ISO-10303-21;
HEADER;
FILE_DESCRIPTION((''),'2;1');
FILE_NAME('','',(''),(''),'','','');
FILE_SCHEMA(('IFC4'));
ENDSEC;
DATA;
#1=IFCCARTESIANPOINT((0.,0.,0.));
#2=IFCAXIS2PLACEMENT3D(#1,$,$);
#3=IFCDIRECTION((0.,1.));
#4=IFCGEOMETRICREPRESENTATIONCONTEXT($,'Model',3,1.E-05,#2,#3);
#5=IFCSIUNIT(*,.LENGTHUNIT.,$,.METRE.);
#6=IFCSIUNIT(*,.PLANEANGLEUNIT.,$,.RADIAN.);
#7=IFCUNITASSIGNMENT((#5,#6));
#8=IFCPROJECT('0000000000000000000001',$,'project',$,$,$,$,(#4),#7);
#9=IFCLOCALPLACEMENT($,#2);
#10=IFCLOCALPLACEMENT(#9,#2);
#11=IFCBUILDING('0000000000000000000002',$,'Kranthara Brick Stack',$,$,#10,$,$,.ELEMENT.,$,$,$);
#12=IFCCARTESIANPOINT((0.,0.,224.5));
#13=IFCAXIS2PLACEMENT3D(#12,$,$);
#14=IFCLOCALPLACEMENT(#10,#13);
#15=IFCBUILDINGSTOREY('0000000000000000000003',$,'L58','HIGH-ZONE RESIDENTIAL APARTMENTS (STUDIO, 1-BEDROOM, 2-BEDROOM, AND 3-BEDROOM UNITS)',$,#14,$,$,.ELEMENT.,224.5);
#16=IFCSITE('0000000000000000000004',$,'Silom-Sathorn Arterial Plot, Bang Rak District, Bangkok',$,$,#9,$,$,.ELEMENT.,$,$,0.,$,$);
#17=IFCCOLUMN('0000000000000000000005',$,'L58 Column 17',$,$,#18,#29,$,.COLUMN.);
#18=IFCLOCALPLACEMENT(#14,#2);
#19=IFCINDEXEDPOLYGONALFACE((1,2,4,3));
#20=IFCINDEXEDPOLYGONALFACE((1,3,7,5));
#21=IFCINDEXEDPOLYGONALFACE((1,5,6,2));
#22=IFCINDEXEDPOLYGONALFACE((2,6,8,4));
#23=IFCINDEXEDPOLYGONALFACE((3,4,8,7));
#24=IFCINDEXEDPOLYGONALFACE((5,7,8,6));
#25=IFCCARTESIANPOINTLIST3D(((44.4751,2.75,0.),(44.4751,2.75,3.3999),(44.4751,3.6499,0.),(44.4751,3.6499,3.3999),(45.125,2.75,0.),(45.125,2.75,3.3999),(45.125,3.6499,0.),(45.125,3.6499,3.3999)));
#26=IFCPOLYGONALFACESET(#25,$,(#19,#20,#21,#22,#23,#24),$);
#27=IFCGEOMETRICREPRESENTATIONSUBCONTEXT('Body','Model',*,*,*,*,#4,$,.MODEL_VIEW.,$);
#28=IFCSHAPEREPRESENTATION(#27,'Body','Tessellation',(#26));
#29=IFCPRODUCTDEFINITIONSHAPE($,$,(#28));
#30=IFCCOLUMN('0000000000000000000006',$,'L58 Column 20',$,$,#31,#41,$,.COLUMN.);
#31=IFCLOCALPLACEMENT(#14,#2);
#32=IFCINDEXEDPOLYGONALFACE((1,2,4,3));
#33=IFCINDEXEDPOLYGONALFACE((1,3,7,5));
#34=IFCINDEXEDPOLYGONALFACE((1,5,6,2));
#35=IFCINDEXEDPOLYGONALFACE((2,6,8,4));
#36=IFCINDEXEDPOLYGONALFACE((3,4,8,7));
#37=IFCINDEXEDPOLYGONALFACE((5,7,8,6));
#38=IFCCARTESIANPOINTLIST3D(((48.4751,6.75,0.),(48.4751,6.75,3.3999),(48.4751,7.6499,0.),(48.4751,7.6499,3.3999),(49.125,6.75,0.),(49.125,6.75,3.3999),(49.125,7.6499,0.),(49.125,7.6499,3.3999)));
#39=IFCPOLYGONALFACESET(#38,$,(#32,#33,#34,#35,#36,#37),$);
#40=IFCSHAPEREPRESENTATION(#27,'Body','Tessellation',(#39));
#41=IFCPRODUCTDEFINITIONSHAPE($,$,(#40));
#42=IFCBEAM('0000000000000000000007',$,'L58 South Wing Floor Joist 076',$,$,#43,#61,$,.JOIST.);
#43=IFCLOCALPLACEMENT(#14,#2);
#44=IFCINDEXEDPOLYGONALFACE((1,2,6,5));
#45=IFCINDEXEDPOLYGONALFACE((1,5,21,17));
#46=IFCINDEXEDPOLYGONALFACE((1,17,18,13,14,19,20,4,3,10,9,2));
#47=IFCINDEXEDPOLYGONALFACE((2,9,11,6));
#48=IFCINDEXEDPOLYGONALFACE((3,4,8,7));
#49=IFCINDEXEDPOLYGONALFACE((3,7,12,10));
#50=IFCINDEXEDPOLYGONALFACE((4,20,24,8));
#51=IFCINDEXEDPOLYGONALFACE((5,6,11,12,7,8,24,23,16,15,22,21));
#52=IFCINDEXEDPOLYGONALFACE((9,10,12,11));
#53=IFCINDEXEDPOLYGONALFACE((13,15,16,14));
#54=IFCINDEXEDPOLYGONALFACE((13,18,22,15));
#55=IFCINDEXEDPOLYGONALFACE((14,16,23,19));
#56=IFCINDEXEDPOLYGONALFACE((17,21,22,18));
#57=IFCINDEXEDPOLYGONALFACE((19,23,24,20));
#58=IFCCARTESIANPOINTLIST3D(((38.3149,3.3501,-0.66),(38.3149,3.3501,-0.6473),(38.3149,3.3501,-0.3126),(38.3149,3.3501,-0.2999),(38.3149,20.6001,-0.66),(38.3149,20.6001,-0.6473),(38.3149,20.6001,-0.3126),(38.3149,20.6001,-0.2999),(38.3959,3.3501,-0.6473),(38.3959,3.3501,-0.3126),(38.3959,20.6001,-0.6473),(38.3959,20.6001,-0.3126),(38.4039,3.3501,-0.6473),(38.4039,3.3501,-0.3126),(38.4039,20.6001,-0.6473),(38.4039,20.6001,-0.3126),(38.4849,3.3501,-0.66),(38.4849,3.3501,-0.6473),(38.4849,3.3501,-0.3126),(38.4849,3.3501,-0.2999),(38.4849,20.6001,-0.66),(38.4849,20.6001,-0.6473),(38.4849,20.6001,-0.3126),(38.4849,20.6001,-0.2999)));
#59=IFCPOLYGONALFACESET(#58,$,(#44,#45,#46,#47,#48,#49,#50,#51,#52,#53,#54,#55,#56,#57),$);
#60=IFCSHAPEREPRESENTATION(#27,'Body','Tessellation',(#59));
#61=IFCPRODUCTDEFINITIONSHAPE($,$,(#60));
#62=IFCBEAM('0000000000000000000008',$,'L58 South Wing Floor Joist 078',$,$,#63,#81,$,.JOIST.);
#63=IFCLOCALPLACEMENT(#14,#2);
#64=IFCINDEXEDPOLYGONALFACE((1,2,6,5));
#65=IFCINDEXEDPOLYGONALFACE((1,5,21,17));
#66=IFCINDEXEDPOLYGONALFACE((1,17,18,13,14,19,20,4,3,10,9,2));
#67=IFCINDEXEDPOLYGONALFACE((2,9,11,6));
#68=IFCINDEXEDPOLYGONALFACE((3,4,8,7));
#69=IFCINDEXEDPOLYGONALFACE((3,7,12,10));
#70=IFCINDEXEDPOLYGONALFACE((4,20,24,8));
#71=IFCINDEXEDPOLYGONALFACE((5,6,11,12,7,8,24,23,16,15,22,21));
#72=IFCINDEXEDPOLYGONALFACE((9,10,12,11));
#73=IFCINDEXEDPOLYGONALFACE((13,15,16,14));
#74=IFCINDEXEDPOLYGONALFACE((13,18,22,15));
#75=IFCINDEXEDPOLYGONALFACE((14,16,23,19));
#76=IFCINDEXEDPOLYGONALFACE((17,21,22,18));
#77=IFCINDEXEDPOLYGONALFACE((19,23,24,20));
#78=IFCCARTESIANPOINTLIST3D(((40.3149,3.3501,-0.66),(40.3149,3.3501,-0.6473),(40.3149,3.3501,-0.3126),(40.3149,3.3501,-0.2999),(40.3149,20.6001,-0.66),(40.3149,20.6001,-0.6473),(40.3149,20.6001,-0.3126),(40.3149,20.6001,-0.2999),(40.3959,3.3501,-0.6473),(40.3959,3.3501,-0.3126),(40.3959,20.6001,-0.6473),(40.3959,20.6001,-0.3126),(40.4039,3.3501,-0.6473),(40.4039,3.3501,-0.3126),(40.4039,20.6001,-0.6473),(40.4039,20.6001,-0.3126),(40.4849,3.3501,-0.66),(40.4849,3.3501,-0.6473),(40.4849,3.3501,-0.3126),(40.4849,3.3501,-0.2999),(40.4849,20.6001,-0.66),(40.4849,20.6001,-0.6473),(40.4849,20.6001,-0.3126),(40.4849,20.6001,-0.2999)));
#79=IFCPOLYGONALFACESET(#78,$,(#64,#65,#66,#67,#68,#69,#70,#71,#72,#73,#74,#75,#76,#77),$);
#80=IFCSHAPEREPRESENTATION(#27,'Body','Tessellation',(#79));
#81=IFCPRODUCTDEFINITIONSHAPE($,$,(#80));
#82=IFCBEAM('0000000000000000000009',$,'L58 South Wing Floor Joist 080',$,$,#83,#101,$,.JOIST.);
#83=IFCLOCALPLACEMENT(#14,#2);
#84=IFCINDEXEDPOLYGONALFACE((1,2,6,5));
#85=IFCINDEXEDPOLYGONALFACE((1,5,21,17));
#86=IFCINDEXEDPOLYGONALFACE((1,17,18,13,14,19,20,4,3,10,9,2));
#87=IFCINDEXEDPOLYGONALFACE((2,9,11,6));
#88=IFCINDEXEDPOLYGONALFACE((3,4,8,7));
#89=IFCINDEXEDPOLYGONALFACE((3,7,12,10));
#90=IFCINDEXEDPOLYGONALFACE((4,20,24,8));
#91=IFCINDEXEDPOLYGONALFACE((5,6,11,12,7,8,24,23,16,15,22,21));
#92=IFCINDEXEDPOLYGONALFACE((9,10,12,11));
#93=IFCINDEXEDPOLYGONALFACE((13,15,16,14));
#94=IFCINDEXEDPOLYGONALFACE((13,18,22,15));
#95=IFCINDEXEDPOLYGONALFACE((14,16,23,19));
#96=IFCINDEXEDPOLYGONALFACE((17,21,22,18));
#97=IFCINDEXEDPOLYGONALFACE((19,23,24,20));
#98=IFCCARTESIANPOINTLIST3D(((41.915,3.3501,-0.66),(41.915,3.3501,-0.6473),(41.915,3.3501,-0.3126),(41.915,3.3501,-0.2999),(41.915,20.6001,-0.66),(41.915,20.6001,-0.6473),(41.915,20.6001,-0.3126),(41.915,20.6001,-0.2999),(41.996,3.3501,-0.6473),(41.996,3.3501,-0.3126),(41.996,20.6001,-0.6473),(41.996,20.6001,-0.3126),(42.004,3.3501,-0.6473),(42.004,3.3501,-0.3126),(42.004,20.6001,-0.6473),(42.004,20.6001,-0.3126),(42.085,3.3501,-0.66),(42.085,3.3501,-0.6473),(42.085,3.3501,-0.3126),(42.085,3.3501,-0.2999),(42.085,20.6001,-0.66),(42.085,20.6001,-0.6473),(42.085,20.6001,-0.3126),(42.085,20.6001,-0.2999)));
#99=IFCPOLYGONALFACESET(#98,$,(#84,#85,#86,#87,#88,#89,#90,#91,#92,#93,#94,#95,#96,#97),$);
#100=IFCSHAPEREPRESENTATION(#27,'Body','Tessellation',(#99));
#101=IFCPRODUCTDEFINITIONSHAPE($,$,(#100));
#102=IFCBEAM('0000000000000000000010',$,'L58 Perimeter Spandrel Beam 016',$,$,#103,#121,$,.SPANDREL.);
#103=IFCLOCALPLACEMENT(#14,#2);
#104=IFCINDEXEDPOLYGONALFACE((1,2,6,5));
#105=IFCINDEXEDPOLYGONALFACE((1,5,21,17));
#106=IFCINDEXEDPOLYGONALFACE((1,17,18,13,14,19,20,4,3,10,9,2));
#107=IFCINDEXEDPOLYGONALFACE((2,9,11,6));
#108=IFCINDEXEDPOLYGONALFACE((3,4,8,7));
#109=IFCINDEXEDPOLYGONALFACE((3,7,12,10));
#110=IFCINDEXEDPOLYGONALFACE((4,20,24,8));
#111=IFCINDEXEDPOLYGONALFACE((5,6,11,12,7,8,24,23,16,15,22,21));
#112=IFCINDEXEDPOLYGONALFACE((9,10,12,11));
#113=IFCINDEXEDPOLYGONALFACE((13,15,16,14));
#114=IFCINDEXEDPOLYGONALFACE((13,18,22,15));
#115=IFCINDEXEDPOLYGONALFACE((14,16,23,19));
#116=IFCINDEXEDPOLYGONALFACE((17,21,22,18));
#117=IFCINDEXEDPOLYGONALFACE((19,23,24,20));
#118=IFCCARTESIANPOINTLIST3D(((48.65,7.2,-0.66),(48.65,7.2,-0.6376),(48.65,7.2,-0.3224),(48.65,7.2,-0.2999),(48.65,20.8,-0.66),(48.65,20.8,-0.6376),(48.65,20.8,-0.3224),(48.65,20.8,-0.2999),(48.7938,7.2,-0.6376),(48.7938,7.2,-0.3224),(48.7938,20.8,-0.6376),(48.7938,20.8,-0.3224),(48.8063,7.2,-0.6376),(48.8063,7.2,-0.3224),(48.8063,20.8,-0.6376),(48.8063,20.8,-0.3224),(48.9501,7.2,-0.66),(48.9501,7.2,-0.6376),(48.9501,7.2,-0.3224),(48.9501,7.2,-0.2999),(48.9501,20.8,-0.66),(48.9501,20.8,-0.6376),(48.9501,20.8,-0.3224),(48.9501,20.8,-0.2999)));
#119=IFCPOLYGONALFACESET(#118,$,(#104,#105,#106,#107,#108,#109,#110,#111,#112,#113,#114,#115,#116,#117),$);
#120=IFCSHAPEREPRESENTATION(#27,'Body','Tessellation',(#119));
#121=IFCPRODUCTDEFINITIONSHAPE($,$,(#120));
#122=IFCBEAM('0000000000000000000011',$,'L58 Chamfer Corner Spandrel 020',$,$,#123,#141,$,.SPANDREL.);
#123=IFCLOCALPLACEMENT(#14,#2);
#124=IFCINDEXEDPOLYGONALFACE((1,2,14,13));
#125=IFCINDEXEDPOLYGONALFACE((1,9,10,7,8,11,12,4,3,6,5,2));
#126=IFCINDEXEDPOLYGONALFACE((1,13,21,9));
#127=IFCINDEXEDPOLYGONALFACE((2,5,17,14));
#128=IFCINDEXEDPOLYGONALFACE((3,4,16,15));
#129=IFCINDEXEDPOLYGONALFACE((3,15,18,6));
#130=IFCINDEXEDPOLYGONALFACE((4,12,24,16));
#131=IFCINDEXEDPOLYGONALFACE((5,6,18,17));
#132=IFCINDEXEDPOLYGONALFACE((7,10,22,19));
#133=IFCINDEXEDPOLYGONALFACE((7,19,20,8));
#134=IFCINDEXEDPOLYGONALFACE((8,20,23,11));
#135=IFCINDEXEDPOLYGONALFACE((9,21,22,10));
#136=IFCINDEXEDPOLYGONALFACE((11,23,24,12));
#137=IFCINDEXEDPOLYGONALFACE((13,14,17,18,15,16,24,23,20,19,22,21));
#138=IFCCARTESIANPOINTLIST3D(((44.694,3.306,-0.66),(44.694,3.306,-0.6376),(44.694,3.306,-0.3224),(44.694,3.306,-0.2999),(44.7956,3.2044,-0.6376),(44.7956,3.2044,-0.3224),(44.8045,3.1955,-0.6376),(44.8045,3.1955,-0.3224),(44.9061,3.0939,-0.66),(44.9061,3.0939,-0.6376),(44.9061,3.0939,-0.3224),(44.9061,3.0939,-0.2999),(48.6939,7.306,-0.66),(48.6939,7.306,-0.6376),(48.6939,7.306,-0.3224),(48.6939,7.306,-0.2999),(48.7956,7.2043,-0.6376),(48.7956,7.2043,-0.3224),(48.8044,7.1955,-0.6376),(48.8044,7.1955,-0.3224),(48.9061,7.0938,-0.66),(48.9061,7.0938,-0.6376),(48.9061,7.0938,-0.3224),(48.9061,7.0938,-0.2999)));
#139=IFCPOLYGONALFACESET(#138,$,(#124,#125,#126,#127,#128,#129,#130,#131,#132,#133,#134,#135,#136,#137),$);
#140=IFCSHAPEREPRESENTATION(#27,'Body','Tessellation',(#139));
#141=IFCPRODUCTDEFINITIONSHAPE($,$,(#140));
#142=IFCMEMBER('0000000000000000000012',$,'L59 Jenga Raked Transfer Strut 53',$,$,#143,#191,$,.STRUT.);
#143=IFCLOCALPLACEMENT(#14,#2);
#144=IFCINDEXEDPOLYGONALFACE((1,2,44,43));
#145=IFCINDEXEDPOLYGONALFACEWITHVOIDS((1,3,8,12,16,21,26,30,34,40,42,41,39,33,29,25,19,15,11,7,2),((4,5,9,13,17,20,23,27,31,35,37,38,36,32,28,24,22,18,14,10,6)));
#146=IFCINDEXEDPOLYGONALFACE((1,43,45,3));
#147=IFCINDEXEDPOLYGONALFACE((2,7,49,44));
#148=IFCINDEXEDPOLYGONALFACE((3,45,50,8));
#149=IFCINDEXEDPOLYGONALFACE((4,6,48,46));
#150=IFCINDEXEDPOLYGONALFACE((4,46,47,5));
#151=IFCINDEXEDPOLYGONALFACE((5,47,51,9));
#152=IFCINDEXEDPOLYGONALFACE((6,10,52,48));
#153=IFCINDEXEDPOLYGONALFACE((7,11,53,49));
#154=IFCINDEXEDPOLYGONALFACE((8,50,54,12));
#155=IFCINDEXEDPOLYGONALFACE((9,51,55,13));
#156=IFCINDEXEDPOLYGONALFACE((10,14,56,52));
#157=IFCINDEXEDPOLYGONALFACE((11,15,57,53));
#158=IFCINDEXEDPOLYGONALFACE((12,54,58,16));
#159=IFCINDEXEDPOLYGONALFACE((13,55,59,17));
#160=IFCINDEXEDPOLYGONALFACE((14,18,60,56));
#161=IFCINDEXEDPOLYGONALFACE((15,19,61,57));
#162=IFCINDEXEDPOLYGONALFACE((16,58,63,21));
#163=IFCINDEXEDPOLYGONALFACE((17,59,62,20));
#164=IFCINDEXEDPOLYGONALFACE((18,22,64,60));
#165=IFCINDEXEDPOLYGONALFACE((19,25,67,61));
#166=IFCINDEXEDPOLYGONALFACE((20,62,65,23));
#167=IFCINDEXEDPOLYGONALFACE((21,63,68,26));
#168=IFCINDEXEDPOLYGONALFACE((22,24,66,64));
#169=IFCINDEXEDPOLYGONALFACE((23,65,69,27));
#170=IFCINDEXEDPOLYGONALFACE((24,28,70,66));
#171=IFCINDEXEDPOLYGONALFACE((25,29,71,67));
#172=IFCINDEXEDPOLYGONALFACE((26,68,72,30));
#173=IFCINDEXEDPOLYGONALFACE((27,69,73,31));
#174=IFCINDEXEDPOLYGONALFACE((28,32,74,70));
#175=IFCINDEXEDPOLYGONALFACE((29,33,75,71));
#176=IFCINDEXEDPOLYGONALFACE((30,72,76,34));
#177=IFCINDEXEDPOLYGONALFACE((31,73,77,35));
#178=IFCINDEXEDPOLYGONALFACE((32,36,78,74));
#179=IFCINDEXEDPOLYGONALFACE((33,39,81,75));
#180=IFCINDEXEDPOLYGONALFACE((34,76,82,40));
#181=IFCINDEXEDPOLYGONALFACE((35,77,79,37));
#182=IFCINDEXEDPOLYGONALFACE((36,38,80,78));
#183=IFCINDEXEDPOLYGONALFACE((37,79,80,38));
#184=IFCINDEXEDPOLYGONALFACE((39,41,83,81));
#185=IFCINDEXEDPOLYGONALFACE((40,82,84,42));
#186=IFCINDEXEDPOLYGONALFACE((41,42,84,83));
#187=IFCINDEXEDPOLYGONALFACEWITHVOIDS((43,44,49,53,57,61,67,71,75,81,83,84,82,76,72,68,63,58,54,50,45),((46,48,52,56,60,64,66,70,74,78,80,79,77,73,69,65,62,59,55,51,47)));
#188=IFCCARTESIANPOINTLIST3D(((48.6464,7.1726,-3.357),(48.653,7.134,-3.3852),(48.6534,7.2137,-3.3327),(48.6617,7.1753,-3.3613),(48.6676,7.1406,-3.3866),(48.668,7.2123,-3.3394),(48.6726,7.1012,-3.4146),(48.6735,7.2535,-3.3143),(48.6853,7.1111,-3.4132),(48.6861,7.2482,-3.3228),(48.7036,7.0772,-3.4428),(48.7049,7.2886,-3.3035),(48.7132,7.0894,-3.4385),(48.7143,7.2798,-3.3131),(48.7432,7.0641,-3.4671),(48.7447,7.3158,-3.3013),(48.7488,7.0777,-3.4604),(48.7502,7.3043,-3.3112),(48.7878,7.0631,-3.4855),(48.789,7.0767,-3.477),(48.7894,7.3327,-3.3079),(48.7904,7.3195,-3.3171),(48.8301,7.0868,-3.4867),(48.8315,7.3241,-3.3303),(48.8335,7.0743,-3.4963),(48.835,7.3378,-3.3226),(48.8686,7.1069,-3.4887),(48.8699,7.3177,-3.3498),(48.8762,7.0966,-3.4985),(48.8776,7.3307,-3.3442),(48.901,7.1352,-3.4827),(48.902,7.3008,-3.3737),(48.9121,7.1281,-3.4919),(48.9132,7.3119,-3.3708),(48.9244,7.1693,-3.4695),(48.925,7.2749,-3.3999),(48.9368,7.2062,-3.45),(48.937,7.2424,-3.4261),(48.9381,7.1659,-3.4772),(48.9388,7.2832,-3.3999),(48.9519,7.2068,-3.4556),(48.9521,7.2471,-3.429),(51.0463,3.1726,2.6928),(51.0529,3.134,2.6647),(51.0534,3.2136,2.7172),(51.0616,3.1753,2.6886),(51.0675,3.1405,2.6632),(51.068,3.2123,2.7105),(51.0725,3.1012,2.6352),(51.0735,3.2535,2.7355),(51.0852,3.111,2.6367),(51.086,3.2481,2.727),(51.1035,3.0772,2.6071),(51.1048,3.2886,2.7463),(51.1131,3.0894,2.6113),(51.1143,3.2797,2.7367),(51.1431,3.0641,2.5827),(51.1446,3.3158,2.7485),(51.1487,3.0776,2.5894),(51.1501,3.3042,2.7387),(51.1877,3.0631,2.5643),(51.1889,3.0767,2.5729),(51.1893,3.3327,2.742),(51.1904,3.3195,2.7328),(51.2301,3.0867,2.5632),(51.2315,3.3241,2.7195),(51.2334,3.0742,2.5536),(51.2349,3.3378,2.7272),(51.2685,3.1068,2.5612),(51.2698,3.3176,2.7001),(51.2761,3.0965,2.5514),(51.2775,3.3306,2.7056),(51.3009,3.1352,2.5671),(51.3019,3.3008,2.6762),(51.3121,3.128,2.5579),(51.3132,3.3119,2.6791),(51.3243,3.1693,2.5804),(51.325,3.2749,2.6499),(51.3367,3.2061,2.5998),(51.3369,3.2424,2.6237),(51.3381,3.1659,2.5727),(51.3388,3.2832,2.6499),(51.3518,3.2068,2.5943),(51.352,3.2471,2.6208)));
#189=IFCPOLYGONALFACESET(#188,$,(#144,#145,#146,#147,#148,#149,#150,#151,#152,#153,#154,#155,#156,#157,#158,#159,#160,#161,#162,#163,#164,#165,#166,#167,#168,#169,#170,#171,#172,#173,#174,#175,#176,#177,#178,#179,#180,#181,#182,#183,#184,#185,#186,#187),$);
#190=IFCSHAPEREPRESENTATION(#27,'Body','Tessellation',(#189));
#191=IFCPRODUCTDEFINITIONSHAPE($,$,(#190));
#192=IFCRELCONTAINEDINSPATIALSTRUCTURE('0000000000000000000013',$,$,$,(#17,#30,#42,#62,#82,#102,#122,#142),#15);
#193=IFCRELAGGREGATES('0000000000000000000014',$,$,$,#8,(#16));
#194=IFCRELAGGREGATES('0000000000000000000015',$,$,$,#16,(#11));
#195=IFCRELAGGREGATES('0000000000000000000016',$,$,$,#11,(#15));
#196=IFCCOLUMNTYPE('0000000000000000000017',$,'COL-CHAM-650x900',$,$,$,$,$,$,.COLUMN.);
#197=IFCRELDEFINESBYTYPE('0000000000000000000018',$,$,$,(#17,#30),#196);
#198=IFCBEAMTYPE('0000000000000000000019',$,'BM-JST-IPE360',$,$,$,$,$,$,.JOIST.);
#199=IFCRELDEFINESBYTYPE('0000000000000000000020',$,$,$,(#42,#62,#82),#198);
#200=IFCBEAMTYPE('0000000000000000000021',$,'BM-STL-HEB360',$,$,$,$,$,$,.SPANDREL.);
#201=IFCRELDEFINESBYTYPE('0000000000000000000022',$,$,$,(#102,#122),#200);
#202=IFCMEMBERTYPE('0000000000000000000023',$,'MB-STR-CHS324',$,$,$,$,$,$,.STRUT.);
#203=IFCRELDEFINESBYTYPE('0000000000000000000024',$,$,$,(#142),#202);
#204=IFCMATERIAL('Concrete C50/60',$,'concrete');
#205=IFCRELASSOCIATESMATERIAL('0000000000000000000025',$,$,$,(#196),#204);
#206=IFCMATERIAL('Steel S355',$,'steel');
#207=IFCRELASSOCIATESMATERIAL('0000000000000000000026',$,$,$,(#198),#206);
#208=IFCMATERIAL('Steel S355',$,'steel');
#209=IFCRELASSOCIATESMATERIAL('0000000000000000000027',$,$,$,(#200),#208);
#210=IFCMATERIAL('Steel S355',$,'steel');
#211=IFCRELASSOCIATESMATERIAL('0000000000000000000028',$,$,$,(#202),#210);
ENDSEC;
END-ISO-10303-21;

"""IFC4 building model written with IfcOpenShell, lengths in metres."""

from ifc_helpers import new_model, si_unit, direction, frame, origin, origin_2d, place, context, subcontext, project, spatial, rectangle, hollow_circle, i_section, extrude, material, material_profile, profile_set, type_object, element, save


model = new_model("IFC4")

# Units and contexts
model_context = context("Model", 3, precision=1e-05, world=origin(), true_north=direction((0.0, 1.0)))
body_context = subcontext(model_context, "Body", "Model", "MODEL_VIEW")
ifc_project = project(units=[si_unit("LENGTHUNIT", "METRE"), si_unit("PLANEANGLEUNIT", "RADIAN")], contexts=[model_context])

# Site, building, storey
site_placement = place(None, origin())
site = spatial("IfcSite", under=ifc_project, at=site_placement, Name="Silom-Sathorn Arterial Plot, Bang Rak District, Bangkok", CompositionType="ELEMENT", RefElevation=0.0)
building_placement = place(site_placement, origin())
building = spatial("IfcBuilding", under=site, at=building_placement, Name="Kranthara Brick Stack", CompositionType="ELEMENT")
storey_placement = place(building_placement, frame((0.0, 0.0, 224.5)))
storey = spatial("IfcBuildingStorey", under=building, at=storey_placement, Name="L58", Description="HIGH-ZONE RESIDENTIAL APARTMENTS (STUDIO, 1-BEDROOM, 2-BEDROOM, AND 3-BEDROOM UNITS)", CompositionType="ELEMENT", Elevation=224.5)

# Columns
ifc_material_1 = material(Name="Concrete C50/60", Category="concrete")
ifc_material_profile_1 = material_profile(ifc_material_1, rectangle(XDim=0.6499, YDim=0.8999, at=origin_2d()), Name="RC 650x900")
ifc_profile_set_1 = profile_set([ifc_material_profile_1], Name="Concrete C50/60")
column_type = type_object("IfcColumnType", Name="COL-CHAM-650x900", PredefinedType="COLUMN", material=ifc_profile_set_1)
for number, where, z_axis, x_axis, name in (
    (1, (44.8, 3.2, 0.0), (0.0, 0.0, 1.0), (1.0, 0.0, 0.0), "L58 Column 17"),
    (2, (48.8, 7.2, 0.0), (0.0, 0.0, 1.0), (1.0, 0.0, 0.0), "L58 Column 20"),
):
    element("IfcColumn", number, at=place(storey_placement, frame(where, z_axis=z_axis, x_axis=x_axis)), inside=storey, type_object=column_type, Name=name, PredefinedType="COLUMN", context=body_context, shape_type="SweptSolid", body=[
        extrude(rectangle(XDim=0.6499, YDim=0.8999, at=origin_2d()), origin(), (0.0, 0.0, 1.0), 3.3999),
    ])

# Beams
ifc_material_2 = material(Name="Steel S355", Category="steel")
ifc_material_profile_2 = material_profile(ifc_material_2, i_section(OverallWidth=0.1699, OverallDepth=0.3601, WebThickness=0.0081, FlangeThickness=0.0127, at=origin_2d()), Name="IPE 360")
ifc_profile_set_2 = profile_set([ifc_material_profile_2], Name="Steel S355")
beam_type_1 = type_object("IfcBeamType", Name="BM-JST-IPE360", PredefinedType="JOIST", material=ifc_profile_set_2)
for number, where, z_axis, x_axis, name in (
    (3, (38.3999, 3.3501, -0.48), (0.0, 1.0, 0.0), (-1.0, 0.0, 0.0), "L58 South Wing Floor Joist 076"),
    (4, (40.3999, 3.3501, -0.48), (0.0, 1.0, 0.0), (-1.0, 0.0, 0.0), "L58 South Wing Floor Joist 078"),
    (5, (42.0, 3.3501, -0.48), (0.0, 1.0, 0.0), (-1.0, 0.0, 0.0), "L58 South Wing Floor Joist 080"),
):
    element("IfcBeam", number, at=place(storey_placement, frame(where, z_axis=z_axis, x_axis=x_axis)), inside=storey, type_object=beam_type_1, Name=name, PredefinedType="JOIST", context=body_context, shape_type="SweptSolid", body=[
        extrude(i_section(OverallWidth=0.1699, OverallDepth=0.3601, WebThickness=0.0081, FlangeThickness=0.0127, at=origin_2d()), origin(), (0.0, 0.0, 1.0), 17.25),
    ])
ifc_material_3 = material(Name="Steel S355", Category="steel")
ifc_material_profile_3 = material_profile(ifc_material_3, i_section(OverallWidth=0.3, OverallDepth=0.3601, WebThickness=0.0125, FlangeThickness=0.0225, at=origin_2d()), Name="HEB 360")
ifc_profile_set_3 = profile_set([ifc_material_profile_3], Name="Steel S355")
beam_type_2 = type_object("IfcBeamType", Name="BM-STL-HEB360", PredefinedType="SPANDREL", material=ifc_profile_set_3)
beam_1_placement = place(storey_placement, frame((48.8, 7.2, -0.48), z_axis=(0.0, 1.0, 0.0), x_axis=(-1.0, 0.0, 0.0)))
element("IfcBeam", 6, at=beam_1_placement, inside=storey, type_object=beam_type_2, Name="L58 Perimeter Spandrel Beam 016", PredefinedType="SPANDREL", context=body_context, shape_type="SweptSolid", body=[
    extrude(i_section(OverallWidth=0.3, OverallDepth=0.3601, WebThickness=0.0125, FlangeThickness=0.0225, at=origin_2d()), origin(), (0.0, 0.0, 1.0), 13.6001),
])
beam_2_placement = place(storey_placement, frame((44.8, 3.2, -0.48), z_axis=(0.707107, 0.707107, 0.0), x_axis=(-0.707107, 0.707107, 0.0)))
element("IfcBeam", 7, at=beam_2_placement, inside=storey, type_object=beam_type_2, Name="L58 Chamfer Corner Spandrel 020", PredefinedType="SPANDREL", context=body_context, shape_type="SweptSolid", body=[
    extrude(i_section(OverallWidth=0.3, OverallDepth=0.3601, WebThickness=0.0125, FlangeThickness=0.0225, at=origin_2d()), origin(), (0.0, 0.0, 1.0), 5.6567),
])

# Member
ifc_material_4 = material(Name="Steel S355", Category="steel")
ifc_material_profile_4 = material_profile(ifc_material_4, hollow_circle(Radius=0.1619, WallThickness=0.0161, at=origin_2d()), Name="CHS 323.9x16")
ifc_profile_set_4 = profile_set([ifc_material_profile_4], Name="Steel S355")
member_type = type_object("IfcMemberType", Name="MB-STR-CHS324", PredefinedType="STRUT", material=ifc_profile_set_4)
member_placement = place(storey_placement, frame((48.8, 7.2, -3.3999), z_axis=(0.31415, -0.523605, 0.791927), x_axis=(0.857502, 0.51448, 0.0)))
element("IfcMember", 8, at=member_placement, inside=storey, type_object=member_type, Name="L59 Jenga Raked Transfer Strut 53", PredefinedType="STRUT", context=body_context, shape_type="SweptSolid", body=[
    extrude(hollow_circle(Radius=0.1619, WallThickness=0.0161, at=origin_2d()), origin(), (0.0, 0.0, 1.0), 7.6394),
])

save(model, "model.ifc")
